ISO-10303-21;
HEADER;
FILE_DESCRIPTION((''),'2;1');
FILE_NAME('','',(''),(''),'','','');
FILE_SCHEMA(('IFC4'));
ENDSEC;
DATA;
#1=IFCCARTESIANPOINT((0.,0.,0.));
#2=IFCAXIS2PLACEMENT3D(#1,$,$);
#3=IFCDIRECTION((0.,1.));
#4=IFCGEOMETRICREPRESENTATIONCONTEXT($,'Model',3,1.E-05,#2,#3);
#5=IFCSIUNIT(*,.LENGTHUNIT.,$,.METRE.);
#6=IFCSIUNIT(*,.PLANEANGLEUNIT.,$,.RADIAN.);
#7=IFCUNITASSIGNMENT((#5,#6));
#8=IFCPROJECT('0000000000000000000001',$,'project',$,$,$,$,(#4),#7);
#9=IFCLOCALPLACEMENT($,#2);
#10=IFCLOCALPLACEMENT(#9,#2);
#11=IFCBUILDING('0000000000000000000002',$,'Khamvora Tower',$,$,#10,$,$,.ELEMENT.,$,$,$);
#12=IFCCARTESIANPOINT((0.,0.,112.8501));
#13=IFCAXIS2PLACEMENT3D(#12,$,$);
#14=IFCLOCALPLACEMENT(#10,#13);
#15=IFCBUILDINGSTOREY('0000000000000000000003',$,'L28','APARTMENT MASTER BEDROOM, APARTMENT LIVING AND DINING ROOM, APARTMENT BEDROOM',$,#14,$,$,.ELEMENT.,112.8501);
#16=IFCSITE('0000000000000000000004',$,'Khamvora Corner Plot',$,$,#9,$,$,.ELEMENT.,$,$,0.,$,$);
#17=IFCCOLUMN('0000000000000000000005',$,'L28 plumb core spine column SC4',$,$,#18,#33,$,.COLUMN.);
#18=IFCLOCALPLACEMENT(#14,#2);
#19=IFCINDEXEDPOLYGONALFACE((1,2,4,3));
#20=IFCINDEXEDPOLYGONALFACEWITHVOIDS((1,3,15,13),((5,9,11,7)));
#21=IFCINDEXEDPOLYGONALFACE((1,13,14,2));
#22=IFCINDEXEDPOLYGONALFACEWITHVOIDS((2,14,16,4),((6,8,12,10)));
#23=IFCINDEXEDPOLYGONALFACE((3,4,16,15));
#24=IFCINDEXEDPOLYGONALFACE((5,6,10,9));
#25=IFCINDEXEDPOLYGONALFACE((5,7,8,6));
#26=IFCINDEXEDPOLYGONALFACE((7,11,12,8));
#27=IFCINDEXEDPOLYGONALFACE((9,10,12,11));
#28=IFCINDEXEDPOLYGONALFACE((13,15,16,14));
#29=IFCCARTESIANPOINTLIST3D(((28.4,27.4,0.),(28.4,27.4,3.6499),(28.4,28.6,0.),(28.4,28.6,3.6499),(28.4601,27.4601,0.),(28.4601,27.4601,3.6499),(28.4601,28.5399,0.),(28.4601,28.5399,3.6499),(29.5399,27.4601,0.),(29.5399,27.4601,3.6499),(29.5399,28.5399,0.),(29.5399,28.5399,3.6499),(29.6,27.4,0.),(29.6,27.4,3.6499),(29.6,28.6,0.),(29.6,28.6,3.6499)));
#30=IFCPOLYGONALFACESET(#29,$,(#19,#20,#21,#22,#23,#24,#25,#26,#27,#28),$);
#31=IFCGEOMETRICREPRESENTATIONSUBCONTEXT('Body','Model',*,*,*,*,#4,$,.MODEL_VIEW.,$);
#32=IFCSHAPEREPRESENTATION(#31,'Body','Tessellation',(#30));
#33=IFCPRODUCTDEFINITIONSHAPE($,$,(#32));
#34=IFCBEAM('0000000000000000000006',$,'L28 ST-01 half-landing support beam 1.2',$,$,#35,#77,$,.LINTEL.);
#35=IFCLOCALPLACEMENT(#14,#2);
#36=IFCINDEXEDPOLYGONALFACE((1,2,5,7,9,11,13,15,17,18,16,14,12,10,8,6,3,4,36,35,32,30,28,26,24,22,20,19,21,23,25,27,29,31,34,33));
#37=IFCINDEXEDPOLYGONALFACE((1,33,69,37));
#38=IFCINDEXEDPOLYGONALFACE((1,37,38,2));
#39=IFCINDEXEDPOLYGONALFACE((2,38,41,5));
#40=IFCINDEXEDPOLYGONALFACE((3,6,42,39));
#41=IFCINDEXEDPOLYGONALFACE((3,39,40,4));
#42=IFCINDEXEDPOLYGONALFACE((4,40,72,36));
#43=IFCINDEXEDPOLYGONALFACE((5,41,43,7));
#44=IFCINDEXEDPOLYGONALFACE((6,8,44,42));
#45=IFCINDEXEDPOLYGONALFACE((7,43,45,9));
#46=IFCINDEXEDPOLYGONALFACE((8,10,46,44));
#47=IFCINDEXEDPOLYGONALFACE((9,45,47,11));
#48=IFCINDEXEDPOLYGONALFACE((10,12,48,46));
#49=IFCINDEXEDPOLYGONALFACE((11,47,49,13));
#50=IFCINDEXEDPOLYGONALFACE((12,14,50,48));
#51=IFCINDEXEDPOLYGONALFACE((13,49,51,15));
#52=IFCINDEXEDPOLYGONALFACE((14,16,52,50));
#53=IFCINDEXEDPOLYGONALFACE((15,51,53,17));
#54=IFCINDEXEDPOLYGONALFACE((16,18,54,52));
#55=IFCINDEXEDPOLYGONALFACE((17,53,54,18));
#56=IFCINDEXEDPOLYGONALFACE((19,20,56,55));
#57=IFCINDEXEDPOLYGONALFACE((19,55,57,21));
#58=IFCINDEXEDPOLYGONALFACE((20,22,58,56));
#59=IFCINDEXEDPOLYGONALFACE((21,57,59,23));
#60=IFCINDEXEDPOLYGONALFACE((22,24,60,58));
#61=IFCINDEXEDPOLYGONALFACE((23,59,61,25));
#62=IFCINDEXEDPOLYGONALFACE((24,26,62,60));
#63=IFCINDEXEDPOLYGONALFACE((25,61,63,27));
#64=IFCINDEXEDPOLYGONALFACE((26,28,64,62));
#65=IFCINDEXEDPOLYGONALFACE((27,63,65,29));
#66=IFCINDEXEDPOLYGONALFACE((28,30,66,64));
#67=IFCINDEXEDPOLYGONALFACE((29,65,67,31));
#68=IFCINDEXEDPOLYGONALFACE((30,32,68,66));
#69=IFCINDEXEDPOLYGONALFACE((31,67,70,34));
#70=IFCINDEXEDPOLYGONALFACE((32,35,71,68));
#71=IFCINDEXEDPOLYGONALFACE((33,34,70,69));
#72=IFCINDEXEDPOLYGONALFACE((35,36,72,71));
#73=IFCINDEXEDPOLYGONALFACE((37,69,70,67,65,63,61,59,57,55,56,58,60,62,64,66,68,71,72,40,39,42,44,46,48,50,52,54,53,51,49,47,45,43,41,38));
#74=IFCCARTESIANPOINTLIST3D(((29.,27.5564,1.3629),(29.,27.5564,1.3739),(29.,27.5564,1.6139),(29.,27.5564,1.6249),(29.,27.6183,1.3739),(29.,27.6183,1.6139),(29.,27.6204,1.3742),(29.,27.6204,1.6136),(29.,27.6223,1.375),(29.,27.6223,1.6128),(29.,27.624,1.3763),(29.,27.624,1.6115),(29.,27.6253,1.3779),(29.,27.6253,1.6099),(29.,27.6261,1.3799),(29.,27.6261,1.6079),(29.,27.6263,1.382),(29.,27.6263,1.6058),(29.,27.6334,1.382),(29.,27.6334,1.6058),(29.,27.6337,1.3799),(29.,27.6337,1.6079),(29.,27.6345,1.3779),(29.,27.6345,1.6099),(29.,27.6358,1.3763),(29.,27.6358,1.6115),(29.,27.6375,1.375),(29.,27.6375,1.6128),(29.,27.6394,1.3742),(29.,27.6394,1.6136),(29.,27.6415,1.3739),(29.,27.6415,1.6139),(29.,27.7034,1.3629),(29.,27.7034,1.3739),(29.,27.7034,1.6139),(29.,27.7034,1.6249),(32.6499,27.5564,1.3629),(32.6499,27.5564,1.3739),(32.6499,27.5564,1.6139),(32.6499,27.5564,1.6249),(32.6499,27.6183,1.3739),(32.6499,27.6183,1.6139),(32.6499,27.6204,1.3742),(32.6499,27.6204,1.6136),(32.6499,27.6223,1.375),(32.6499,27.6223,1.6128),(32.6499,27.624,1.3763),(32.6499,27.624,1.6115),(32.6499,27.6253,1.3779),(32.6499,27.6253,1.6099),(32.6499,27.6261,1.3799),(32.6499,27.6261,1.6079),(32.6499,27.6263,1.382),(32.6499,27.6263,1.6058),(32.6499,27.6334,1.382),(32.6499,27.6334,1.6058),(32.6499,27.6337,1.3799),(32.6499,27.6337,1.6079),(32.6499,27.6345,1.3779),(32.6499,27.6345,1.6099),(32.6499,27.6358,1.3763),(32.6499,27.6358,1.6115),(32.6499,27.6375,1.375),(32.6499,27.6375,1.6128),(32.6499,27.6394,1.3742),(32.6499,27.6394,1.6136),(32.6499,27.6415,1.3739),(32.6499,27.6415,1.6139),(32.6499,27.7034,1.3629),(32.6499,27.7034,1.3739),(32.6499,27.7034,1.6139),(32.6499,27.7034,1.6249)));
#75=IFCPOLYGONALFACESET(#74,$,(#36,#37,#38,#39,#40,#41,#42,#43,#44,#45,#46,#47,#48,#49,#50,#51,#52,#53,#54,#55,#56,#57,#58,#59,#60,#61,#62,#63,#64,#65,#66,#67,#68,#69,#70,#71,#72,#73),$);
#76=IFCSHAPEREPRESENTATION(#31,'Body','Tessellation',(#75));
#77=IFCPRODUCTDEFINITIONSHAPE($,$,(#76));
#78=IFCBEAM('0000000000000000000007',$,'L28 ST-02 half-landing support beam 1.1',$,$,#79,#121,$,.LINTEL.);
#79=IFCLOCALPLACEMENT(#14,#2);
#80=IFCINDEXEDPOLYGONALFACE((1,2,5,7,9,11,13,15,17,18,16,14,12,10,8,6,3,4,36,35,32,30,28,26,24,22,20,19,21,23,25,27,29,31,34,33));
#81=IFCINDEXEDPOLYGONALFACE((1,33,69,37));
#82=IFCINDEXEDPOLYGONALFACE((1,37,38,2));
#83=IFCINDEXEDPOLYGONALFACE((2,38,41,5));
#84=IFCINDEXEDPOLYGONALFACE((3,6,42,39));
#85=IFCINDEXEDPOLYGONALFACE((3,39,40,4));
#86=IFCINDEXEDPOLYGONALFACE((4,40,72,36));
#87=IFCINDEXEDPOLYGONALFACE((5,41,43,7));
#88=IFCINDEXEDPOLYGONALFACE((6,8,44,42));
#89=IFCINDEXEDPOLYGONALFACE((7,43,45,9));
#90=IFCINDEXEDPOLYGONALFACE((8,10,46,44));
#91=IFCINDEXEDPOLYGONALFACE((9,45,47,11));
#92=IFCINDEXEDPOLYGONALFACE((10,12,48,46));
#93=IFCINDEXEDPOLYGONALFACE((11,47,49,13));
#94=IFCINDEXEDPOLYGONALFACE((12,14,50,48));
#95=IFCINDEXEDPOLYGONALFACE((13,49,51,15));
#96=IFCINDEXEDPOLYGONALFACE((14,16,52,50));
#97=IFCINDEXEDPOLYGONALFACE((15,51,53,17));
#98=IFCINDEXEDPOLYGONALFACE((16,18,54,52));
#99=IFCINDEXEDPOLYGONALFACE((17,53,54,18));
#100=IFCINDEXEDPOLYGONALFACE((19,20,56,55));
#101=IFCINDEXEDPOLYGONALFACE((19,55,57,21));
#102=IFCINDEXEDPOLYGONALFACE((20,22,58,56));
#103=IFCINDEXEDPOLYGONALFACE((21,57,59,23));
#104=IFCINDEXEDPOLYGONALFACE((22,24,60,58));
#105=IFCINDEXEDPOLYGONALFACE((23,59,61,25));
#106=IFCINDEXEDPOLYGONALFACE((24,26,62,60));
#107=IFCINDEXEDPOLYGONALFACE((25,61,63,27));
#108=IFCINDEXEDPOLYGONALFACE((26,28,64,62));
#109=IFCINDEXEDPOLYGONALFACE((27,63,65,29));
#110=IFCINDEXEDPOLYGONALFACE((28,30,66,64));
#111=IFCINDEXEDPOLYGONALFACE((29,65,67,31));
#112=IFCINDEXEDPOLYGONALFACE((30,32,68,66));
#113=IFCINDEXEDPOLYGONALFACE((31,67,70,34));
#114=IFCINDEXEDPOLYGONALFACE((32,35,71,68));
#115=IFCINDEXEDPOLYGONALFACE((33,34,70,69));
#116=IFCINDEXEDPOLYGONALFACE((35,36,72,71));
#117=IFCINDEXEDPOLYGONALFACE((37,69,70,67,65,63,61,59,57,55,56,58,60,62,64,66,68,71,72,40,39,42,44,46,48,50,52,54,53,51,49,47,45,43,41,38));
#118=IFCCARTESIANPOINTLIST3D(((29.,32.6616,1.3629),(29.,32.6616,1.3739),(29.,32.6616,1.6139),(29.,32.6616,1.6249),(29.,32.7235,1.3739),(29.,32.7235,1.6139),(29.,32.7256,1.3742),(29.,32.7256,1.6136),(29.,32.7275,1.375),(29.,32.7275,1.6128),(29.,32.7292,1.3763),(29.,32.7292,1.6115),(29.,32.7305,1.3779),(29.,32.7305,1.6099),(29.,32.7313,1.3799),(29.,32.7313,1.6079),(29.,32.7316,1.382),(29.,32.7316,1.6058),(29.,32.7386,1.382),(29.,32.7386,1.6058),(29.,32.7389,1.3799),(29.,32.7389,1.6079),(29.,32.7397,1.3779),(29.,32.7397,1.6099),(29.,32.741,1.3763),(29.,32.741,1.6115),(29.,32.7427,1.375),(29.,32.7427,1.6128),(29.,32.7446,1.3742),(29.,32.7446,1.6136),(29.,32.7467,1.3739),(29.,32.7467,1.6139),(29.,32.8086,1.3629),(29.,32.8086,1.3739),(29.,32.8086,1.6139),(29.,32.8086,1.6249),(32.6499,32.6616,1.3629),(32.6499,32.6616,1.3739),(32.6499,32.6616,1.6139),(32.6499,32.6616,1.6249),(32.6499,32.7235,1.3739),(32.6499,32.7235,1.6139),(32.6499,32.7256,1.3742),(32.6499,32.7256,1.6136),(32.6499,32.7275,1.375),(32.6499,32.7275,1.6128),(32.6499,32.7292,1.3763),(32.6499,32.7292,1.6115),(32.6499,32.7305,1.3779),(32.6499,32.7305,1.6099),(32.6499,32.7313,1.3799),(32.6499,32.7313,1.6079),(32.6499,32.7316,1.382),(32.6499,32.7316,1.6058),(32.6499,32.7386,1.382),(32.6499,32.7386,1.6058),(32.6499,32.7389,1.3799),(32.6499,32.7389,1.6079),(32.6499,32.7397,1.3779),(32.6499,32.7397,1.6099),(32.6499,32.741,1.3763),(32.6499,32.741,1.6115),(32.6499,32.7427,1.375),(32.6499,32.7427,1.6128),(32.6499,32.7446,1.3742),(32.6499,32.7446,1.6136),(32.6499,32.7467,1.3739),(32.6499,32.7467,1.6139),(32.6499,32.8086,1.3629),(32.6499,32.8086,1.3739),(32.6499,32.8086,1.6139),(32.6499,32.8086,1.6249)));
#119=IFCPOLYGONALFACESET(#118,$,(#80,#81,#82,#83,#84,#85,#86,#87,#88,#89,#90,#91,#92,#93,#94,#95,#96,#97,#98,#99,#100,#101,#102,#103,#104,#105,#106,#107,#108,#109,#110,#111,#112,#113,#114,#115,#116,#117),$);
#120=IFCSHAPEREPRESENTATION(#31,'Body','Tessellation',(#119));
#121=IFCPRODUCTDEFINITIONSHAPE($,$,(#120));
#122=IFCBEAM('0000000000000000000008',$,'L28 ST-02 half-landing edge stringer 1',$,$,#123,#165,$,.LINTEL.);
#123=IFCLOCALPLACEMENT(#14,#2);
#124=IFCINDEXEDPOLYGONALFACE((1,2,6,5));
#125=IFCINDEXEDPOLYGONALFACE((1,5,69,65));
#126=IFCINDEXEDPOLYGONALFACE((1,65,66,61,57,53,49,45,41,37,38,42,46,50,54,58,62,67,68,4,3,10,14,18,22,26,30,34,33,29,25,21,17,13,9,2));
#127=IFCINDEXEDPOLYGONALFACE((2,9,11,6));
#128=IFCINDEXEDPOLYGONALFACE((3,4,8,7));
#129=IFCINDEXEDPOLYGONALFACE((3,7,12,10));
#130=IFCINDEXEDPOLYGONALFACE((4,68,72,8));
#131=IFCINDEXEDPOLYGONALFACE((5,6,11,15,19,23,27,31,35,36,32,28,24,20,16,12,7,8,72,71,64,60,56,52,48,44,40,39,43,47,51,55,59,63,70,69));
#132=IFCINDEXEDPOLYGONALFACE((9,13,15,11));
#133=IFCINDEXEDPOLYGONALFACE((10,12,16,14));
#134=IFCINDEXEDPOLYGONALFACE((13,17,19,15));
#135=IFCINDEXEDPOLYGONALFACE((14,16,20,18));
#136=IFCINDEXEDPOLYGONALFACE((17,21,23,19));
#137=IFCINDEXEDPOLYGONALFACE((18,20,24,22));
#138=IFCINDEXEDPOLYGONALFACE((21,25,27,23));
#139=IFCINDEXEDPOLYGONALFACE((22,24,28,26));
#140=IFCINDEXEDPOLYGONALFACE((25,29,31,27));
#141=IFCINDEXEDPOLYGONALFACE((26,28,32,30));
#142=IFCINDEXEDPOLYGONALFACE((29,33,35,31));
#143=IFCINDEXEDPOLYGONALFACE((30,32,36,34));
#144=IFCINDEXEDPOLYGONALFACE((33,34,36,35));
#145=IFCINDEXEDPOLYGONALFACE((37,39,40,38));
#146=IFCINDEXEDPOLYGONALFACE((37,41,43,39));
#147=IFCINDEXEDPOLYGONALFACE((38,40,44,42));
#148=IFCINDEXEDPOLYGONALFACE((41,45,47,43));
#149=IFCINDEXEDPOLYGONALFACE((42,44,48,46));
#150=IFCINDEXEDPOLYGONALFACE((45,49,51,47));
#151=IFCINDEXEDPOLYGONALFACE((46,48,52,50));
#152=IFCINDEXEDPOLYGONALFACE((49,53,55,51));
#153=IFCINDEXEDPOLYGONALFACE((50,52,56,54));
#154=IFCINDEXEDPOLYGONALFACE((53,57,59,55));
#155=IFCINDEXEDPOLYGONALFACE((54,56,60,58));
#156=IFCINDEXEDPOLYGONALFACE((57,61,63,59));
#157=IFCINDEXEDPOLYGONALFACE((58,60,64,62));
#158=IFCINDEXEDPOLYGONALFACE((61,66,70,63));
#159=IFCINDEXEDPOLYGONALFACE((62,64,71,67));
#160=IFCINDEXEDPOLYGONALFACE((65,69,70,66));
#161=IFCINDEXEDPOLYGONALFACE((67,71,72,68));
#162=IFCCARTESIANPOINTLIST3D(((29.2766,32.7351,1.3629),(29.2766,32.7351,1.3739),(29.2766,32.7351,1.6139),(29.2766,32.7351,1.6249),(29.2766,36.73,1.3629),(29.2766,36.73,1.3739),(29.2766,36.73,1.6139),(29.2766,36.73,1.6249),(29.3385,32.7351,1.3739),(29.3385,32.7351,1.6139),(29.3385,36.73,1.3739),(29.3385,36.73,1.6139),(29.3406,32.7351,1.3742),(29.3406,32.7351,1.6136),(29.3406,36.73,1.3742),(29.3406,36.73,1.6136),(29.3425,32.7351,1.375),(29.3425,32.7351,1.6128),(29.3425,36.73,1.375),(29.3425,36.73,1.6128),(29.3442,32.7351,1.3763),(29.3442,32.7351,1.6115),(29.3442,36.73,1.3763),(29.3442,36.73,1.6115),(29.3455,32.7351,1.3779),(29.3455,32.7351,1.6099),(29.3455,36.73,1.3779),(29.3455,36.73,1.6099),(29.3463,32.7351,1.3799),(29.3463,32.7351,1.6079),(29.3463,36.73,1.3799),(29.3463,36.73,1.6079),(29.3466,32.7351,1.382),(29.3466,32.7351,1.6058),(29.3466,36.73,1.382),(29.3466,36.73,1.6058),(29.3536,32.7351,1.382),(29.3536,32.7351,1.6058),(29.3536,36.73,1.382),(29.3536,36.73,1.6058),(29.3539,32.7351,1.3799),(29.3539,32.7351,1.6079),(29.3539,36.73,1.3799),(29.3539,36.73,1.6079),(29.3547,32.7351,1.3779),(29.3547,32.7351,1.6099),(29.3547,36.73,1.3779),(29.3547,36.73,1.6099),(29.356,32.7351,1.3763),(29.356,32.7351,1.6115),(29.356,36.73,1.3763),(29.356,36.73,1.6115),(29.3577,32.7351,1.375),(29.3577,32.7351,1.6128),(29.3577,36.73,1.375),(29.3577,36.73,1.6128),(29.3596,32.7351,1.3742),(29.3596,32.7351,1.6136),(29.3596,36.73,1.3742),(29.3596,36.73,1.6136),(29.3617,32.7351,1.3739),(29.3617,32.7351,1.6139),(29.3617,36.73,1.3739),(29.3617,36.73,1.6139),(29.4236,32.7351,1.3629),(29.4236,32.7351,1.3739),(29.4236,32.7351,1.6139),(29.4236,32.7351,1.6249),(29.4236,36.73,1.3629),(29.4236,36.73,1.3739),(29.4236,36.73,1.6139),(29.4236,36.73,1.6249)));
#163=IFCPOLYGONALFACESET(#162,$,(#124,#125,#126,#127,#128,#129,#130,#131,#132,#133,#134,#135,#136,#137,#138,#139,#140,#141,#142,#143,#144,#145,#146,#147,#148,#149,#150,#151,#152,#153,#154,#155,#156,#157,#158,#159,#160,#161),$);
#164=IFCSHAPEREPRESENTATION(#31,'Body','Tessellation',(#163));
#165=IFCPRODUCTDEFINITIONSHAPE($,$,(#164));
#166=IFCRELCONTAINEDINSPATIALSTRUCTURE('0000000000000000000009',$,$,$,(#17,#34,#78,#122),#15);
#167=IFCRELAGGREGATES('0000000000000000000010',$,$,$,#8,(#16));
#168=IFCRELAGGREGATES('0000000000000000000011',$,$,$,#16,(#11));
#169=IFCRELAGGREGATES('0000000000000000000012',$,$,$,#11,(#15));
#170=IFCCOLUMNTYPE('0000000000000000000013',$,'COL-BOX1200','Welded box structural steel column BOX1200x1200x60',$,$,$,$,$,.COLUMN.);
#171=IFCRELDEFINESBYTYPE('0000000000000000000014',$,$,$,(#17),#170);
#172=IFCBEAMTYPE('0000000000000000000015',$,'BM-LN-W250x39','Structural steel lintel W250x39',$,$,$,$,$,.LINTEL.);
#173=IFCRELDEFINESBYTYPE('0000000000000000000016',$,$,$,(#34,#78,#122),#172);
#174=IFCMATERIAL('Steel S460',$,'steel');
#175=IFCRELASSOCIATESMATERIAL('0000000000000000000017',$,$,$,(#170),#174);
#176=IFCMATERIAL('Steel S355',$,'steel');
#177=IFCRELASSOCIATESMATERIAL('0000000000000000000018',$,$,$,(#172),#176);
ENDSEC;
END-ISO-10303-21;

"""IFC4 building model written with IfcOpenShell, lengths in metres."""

from ifc_helpers import new_model, si_unit, direction, frame, origin, origin_2d, place, context, subcontext, project, spatial, hollow_rectangle, i_section, extrude, material, material_profile, profile_set, type_object, element, save


model = new_model("IFC4")

# Units and contexts
model_context = context("Model", 3, precision=1e-05, world=origin(), true_north=direction((0.0, 1.0)))
body_context = subcontext(model_context, "Body", "Model", "MODEL_VIEW")
ifc_project = project(units=[si_unit("LENGTHUNIT", "METRE"), si_unit("PLANEANGLEUNIT", "RADIAN")], contexts=[model_context])

# Site, building, storey
site_placement = place(None, origin())
site = spatial("IfcSite", under=ifc_project, at=site_placement, Name="Khamvora Corner Plot", CompositionType="ELEMENT", RefElevation=0.0)
building_placement = place(site_placement, origin())
building = spatial("IfcBuilding", under=site, at=building_placement, Name="Khamvora Tower", CompositionType="ELEMENT")
storey_placement = place(building_placement, frame((0.0, 0.0, 112.8501)))
storey = spatial("IfcBuildingStorey", under=building, at=storey_placement, Name="L28", Description="APARTMENT MASTER BEDROOM, APARTMENT LIVING AND DINING ROOM, APARTMENT BEDROOM", CompositionType="ELEMENT", Elevation=112.8501)

# Column
ifc_material_1 = material(Name="Steel S460", Category="steel")
ifc_material_profile_1 = material_profile(ifc_material_1, hollow_rectangle(XDim=1.2, YDim=1.2, WallThickness=0.0601, at=origin_2d()), Name="BOX1200x1200x60")
ifc_profile_set_1 = profile_set([ifc_material_profile_1], Name="Steel S460")
column_type = type_object("IfcColumnType", Name="COL-BOX1200", Description="Welded box structural steel column BOX1200x1200x60", PredefinedType="COLUMN", material=ifc_profile_set_1)
column_placement = place(storey_placement, frame((29.0, 28.0, 0.0), z_axis=(0.0, 0.0, 1.0), x_axis=(1.0, 0.0, 0.0)))
element("IfcColumn", 1, at=column_placement, inside=storey, type_object=column_type, Name="L28 plumb core spine column SC4", PredefinedType="COLUMN", context=body_context, shape_type="SweptSolid", body=[
    extrude(hollow_rectangle(XDim=1.2, YDim=1.2, WallThickness=0.0601, at=origin_2d()), origin(), (0.0, 0.0, 1.0), 3.6499),
])

# Beams
ifc_material_2 = material(Name="Steel S355", Category="steel")
ifc_material_profile_2 = material_profile(ifc_material_2, i_section(OverallWidth=0.147, OverallDepth=0.262, WebThickness=0.0071, FlangeThickness=0.011, FilletRadius=0.0081, at=origin_2d()), Name="W250x39")
ifc_profile_set_2 = profile_set([ifc_material_profile_2], Name="Steel S355")
beam_type_1 = type_object("IfcBeamType", Name="BM-LN-W250x39", Description="Structural steel lintel W250x39", PredefinedType="LINTEL", material=ifc_profile_set_2)
for number, where, z_axis, x_axis, name in (
    (2, (29.0, 27.6299, 1.4939), (1.0, 0.0, 0.0), (0.0, 1.0, 0.0), "L28 ST-01 half-landing support beam 1.2"),
    (3, (29.0, 32.7351, 1.4939), (1.0, 0.0, 0.0), (0.0, 1.0, 0.0), "L28 ST-02 half-landing support beam 1.1"),
):
    element("IfcBeam", number, at=place(storey_placement, frame(where, z_axis=z_axis, x_axis=x_axis)), inside=storey, type_object=beam_type_1, Name=name, PredefinedType="LINTEL", context=body_context, shape_type="SweptSolid", body=[
        extrude(i_section(OverallWidth=0.147, OverallDepth=0.262, WebThickness=0.0071, FlangeThickness=0.011, FilletRadius=0.0081, at=origin_2d()), origin(), (0.0, 0.0, 1.0), 3.6499),
    ])
beam_1_placement = place(storey_placement, frame((29.3501, 32.7351, 1.4939), z_axis=(0.0, 1.0, 0.0), x_axis=(-1.0, 0.0, 0.0)))
element("IfcBeam", 4, at=beam_1_placement, inside=storey, type_object=beam_type_1, Name="L28 ST-02 half-landing edge stringer 1", PredefinedType="LINTEL", context=body_context, shape_type="SweptSolid", body=[
    extrude(i_section(OverallWidth=0.147, OverallDepth=0.262, WebThickness=0.0071, FlangeThickness=0.011, FilletRadius=0.0081, at=origin_2d()), origin(), (0.0, 0.0, 1.0), 3.9949),
])

save(model, "model.ifc")
